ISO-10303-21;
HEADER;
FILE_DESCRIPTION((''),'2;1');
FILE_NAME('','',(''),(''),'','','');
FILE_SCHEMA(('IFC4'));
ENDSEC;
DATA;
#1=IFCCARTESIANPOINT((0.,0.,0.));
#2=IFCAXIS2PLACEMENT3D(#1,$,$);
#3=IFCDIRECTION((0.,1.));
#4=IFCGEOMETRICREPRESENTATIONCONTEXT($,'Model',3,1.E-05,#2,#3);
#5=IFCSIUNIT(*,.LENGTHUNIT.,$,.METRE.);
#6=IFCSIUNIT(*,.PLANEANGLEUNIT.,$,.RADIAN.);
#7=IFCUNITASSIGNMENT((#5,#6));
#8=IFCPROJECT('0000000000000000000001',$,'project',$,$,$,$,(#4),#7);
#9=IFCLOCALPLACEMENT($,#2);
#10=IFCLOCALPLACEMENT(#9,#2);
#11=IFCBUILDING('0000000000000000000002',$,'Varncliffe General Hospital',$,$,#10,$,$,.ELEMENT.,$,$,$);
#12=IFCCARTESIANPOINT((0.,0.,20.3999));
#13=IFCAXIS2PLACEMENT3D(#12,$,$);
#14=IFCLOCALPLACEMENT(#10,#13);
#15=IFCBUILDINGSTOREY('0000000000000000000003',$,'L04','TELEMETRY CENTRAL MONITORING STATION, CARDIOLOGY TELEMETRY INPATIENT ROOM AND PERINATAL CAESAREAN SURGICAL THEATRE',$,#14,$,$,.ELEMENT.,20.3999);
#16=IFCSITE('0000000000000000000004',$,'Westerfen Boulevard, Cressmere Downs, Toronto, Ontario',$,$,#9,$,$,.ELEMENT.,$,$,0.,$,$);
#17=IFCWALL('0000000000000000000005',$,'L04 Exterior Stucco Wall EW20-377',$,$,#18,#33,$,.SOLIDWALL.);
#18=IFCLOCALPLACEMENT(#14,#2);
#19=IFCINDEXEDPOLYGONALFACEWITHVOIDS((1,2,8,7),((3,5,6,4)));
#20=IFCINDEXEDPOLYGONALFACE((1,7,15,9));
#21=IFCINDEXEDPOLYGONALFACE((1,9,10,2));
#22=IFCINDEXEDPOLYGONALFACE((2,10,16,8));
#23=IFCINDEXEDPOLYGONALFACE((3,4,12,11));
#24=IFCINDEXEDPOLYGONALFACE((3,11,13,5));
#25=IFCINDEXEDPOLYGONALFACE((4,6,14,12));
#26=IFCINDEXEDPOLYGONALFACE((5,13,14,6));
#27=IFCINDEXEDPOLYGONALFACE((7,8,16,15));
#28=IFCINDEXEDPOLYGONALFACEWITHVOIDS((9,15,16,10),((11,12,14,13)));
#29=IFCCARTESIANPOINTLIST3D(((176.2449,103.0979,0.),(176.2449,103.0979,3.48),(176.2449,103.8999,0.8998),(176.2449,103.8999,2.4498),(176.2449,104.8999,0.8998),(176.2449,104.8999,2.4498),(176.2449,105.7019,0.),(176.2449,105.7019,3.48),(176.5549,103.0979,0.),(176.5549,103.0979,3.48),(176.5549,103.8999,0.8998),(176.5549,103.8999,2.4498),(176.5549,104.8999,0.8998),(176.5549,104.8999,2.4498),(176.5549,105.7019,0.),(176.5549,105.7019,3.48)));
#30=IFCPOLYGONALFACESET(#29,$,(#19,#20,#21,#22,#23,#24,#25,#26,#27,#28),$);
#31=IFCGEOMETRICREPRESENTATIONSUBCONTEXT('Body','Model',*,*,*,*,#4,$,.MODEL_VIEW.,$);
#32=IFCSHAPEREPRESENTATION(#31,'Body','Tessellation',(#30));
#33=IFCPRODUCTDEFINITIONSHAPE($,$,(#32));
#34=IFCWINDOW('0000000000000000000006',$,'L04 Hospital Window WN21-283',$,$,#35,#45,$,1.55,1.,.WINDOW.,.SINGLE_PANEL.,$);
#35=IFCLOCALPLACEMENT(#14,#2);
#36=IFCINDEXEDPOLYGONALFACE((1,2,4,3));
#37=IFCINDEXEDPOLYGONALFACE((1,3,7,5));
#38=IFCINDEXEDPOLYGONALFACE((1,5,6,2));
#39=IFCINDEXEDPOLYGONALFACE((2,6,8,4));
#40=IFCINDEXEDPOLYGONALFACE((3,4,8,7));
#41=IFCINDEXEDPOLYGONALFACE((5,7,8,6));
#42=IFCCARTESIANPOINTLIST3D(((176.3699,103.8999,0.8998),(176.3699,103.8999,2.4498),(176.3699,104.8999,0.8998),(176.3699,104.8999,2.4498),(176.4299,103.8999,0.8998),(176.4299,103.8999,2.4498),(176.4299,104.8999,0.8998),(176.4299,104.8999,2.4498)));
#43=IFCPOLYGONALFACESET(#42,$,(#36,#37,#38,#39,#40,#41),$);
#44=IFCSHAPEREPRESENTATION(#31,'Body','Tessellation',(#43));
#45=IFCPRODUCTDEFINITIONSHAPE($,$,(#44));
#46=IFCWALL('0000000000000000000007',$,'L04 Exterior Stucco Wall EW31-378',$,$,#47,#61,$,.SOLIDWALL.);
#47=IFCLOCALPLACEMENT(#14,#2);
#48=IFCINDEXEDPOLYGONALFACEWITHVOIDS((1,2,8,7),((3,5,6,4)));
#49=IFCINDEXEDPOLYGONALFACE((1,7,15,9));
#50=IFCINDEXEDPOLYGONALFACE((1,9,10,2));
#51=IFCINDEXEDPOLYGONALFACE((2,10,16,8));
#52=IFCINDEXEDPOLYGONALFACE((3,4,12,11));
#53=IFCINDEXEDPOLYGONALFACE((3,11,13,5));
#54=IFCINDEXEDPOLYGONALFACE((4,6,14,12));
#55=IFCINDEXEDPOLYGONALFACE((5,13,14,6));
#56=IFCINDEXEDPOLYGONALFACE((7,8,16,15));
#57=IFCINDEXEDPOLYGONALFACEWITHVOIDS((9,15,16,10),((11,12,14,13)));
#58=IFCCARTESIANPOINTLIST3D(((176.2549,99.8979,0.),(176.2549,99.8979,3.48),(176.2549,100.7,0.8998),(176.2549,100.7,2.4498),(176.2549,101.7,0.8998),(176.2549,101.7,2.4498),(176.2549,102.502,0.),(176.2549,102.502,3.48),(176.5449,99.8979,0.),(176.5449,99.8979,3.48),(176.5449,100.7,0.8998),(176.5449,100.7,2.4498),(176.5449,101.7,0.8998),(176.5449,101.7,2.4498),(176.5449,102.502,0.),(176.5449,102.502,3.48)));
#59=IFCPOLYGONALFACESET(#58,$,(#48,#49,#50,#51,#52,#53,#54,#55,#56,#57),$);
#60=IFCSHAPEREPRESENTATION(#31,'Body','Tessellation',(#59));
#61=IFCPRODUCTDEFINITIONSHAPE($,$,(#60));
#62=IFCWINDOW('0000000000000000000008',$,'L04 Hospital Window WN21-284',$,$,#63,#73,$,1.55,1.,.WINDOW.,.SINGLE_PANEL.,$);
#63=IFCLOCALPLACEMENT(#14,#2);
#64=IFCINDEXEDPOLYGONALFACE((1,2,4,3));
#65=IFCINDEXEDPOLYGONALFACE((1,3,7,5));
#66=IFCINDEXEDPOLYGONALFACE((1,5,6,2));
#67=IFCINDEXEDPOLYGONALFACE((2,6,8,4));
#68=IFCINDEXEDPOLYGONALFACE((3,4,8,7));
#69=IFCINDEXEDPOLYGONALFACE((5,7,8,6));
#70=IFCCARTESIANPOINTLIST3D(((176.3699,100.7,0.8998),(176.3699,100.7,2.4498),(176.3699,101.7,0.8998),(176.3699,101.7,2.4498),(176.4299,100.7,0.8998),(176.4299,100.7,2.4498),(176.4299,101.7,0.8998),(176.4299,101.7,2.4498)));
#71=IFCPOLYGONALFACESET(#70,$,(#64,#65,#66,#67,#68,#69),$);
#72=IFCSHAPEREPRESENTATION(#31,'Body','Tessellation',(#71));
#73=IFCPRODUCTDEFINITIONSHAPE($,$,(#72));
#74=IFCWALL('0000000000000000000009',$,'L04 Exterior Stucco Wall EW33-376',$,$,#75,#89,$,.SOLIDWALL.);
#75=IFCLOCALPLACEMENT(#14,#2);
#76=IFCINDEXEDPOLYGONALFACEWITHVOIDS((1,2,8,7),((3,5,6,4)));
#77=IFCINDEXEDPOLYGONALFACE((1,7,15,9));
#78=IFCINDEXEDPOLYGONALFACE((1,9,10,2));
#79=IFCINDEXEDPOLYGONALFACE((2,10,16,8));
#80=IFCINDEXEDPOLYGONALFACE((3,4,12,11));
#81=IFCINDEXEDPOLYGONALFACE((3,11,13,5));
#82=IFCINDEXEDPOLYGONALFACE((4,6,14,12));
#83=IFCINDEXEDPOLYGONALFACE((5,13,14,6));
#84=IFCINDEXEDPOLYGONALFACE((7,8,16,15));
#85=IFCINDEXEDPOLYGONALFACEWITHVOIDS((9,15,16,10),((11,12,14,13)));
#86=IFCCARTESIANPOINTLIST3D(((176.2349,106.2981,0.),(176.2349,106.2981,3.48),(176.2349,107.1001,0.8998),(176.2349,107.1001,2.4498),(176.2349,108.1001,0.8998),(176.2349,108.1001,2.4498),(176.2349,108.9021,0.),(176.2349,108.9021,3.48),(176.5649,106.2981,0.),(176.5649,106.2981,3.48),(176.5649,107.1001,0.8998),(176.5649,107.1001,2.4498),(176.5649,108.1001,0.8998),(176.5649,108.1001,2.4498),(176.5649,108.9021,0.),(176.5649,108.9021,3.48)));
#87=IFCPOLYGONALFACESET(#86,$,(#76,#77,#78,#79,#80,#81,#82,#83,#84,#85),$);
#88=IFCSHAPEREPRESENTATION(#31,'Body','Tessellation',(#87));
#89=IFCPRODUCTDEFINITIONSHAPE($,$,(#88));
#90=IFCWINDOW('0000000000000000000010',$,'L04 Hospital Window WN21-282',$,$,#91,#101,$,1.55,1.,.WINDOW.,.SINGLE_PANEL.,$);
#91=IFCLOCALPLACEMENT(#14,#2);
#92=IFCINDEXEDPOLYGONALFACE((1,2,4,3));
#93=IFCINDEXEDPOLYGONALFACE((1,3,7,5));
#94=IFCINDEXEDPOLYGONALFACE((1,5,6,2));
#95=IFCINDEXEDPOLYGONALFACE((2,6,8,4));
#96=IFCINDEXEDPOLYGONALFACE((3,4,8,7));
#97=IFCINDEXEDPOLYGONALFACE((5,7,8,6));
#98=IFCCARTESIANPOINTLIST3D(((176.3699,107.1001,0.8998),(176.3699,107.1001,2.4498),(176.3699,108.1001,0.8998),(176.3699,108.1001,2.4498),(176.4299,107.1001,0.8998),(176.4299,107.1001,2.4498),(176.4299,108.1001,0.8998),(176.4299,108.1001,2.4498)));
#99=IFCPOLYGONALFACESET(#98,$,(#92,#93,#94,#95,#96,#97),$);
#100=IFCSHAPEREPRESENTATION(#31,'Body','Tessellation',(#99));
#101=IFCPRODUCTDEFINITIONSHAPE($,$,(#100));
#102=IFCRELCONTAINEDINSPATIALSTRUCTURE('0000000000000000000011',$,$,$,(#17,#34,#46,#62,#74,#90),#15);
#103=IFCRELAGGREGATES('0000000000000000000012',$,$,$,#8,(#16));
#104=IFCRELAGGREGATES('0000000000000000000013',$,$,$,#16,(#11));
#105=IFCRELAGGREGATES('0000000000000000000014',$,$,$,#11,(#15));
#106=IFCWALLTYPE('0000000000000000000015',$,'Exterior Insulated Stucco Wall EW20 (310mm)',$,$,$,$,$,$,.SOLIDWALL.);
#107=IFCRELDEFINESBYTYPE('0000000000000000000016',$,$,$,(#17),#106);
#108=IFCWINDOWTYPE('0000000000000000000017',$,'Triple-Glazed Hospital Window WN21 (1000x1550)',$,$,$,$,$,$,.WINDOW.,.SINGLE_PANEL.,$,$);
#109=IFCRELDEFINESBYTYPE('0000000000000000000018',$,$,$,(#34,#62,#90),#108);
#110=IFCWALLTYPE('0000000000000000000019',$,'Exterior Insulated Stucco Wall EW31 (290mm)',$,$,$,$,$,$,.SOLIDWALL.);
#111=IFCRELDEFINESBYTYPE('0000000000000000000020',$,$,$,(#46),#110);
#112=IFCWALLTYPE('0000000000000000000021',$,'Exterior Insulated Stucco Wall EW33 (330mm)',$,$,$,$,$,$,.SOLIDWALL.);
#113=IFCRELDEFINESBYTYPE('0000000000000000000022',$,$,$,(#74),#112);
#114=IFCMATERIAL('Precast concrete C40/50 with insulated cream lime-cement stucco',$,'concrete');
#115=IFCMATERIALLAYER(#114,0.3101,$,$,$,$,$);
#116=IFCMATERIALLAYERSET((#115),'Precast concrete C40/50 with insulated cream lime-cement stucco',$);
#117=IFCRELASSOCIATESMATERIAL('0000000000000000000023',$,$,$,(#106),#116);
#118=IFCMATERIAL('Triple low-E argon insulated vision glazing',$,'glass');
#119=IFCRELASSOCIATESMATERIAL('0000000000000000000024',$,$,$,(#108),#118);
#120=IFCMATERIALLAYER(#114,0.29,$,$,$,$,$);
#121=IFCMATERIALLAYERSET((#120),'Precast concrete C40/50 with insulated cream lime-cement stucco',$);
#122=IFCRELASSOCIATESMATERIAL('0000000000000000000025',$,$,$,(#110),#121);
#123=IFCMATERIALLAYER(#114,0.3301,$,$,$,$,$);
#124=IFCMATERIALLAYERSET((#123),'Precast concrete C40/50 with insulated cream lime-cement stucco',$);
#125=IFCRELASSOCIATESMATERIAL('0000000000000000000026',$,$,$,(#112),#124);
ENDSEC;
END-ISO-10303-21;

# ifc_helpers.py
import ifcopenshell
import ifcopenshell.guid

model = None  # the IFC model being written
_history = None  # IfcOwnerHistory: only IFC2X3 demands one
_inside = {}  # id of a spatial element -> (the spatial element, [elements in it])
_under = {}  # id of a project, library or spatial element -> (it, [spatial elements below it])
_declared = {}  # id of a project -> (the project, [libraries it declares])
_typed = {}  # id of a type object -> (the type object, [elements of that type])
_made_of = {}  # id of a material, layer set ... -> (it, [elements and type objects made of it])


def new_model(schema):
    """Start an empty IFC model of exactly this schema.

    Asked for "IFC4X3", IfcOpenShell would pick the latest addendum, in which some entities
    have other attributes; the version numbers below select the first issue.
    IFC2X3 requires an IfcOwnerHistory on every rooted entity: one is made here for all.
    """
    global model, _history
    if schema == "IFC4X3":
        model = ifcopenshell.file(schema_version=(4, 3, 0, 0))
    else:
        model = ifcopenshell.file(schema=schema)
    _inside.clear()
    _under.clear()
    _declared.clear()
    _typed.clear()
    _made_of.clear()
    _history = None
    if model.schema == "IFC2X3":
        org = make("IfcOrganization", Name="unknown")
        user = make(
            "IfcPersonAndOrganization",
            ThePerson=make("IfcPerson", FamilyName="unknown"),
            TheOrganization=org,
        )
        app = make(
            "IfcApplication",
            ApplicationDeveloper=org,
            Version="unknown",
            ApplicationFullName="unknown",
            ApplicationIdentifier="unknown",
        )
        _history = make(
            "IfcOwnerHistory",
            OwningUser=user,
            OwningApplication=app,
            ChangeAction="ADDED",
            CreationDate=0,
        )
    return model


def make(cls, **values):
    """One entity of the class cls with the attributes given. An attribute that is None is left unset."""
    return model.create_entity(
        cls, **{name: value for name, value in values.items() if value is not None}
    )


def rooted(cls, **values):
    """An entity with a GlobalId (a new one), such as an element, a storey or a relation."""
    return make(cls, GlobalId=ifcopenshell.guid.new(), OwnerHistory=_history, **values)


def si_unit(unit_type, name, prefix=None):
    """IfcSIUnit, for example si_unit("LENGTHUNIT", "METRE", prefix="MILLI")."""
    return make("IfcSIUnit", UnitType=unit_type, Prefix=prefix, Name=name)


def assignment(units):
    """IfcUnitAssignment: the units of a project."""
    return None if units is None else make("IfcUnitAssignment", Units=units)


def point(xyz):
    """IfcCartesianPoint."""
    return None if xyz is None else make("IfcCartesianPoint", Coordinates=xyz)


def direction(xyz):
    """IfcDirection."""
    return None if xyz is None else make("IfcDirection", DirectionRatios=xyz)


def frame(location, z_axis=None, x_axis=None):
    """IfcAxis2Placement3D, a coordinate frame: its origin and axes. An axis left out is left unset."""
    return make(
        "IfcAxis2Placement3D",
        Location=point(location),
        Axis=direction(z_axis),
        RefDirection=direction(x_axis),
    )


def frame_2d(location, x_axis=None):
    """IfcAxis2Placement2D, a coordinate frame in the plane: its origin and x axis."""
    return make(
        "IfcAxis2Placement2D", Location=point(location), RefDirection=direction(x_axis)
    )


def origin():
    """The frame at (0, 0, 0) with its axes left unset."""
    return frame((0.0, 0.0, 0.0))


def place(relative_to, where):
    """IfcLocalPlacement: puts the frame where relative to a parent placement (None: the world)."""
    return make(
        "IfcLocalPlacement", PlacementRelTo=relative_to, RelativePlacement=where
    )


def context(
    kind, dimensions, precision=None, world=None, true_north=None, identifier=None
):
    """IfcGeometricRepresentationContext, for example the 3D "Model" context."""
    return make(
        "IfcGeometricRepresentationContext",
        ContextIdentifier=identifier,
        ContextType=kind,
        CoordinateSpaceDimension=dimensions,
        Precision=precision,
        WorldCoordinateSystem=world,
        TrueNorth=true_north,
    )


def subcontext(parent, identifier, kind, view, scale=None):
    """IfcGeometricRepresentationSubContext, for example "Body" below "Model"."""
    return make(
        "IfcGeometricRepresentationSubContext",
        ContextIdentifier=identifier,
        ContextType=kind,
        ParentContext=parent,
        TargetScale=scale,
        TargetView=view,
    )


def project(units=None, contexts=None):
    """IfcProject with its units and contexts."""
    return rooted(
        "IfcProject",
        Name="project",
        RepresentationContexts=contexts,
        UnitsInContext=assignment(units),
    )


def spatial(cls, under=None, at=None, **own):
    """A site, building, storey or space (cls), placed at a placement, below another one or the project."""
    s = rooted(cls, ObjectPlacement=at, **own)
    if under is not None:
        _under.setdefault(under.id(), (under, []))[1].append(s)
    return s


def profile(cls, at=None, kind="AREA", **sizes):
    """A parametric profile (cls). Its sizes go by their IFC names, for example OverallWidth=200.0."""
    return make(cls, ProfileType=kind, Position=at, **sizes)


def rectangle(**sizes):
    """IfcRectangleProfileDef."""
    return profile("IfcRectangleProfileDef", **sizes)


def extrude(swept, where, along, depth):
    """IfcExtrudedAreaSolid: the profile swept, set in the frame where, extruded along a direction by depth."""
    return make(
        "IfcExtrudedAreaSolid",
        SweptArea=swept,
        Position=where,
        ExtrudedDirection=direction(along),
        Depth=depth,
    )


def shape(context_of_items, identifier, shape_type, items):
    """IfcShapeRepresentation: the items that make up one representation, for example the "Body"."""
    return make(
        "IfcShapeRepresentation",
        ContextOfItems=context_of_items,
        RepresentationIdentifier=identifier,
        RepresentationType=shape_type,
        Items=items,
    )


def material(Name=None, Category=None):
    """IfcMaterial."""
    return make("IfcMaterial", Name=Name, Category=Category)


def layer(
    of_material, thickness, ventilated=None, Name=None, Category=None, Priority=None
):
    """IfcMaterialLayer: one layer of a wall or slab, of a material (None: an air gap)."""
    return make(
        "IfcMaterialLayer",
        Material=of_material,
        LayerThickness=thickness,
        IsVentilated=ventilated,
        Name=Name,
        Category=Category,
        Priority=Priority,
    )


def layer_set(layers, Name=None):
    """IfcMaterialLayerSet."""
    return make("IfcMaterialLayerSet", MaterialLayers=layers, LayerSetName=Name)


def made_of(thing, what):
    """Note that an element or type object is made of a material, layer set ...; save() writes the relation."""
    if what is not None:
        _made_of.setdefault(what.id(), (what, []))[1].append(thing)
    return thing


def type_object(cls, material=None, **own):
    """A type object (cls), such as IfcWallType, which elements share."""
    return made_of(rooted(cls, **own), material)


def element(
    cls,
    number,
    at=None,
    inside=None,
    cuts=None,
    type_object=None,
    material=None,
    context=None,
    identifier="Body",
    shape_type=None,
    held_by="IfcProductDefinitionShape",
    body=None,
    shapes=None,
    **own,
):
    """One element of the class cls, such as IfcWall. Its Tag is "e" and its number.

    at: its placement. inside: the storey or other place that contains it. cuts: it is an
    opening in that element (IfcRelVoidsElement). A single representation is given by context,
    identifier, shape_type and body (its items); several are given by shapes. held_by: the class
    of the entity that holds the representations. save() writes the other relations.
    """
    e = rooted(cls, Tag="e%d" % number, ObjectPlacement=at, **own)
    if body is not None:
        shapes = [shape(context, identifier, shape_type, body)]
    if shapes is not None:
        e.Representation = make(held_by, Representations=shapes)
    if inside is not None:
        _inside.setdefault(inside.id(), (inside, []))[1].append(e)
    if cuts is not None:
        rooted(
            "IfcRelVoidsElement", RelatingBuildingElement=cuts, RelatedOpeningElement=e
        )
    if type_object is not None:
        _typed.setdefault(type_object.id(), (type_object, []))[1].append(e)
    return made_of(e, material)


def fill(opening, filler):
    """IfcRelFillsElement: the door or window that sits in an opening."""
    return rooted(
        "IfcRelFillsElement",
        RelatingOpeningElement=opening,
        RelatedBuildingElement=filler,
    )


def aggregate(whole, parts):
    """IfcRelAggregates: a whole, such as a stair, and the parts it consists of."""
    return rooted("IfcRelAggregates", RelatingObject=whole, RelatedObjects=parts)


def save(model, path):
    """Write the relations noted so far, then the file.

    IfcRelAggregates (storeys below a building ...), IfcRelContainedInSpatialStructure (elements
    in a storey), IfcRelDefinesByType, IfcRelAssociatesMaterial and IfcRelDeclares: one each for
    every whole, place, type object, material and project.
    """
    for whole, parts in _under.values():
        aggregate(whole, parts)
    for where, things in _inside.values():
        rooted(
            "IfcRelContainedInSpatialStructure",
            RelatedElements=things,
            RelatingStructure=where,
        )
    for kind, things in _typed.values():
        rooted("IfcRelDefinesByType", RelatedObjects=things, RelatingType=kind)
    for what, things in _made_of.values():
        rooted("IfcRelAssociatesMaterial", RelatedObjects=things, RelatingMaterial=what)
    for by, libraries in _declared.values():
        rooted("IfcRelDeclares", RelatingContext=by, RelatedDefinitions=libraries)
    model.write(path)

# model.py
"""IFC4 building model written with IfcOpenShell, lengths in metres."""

from ifc_helpers import new_model, si_unit, direction, frame, frame_2d, origin, place, context, subcontext, project, spatial, rectangle, extrude, material, layer, layer_set, type_object, element, fill, save


model = new_model("IFC4")

# Units and contexts
model_context = context("Model", 3, precision=1e-05, world=origin(), true_north=direction((0.0, 1.0)))
body_context = subcontext(model_context, "Body", "Model", "MODEL_VIEW")
ifc_project = project(units=[si_unit("LENGTHUNIT", "METRE"), si_unit("PLANEANGLEUNIT", "RADIAN")], contexts=[model_context])

# Site, building, storey
site_placement = place(None, origin())
site = spatial("IfcSite", under=ifc_project, at=site_placement, Name="Westerfen Boulevard, Cressmere Downs, Toronto, Ontario", CompositionType="ELEMENT", RefElevation=0.0)
building_placement = place(site_placement, origin())
building = spatial("IfcBuilding", under=site, at=building_placement, Name="Varncliffe General Hospital", CompositionType="ELEMENT")
storey_placement = place(building_placement, frame((0.0, 0.0, 20.3999)))
storey = spatial("IfcBuildingStorey", under=building, at=storey_placement, Name="L04", Description="TELEMETRY CENTRAL MONITORING STATION, CARDIOLOGY TELEMETRY INPATIENT ROOM AND PERINATAL CAESAREAN SURGICAL THEATRE", CompositionType="ELEMENT", Elevation=20.3999)

# Walls, openings, windows
ifc_material_1 = material(Name="Precast concrete C40/50 with insulated cream lime-cement stucco", Category="concrete")
ifc_layer_1 = layer(ifc_material_1, 0.3101)
ifc_layer_set_1 = layer_set([ifc_layer_1], Name="Precast concrete C40/50 with insulated cream lime-cement stucco")
wall_type_1 = type_object("IfcWallType", Name="Exterior Insulated Stucco Wall EW20 (310mm)", PredefinedType="SOLIDWALL", material=ifc_layer_set_1)
wall_1_placement = place(storey_placement, frame((176.3999, 105.7019, 0.0), z_axis=(0.0, 0.0, 1.0), x_axis=(0.0, -1.0, 0.0)))
wall_1 = element("IfcWall", 1, at=wall_1_placement, inside=storey, type_object=wall_type_1, Name="L04 Exterior Stucco Wall EW20-377", PredefinedType="SOLIDWALL", context=body_context, shape_type="SweptSolid", body=[
    extrude(rectangle(XDim=2.604, YDim=0.3101, at=frame_2d((1.302, 0.0))), origin(), (0.0, 0.0, 1.0), 3.48),
])
opening_1_placement = place(wall_1_placement, frame((0.802, 0.0, 0.8999)))
opening_1 = element("IfcOpeningElement", 2, at=opening_1_placement, cuts=wall_1, PredefinedType="OPENING", context=body_context, shape_type="SweptSolid", body=[
    extrude(rectangle(XDim=1.0, YDim=1.55, at=frame_2d((0.5, 0.7749))), frame((0.0, 0.165, 0.0), z_axis=(0.0, -1.0, 0.0), x_axis=(1.0, 0.0, 0.0)), (0.0, 0.0, 1.0), 0.3301),
])
ifc_material_2 = material(Name="Triple low-E argon insulated vision glazing", Category="glass")
window_type = type_object("IfcWindowType", Name="Triple-Glazed Hospital Window WN21 (1000x1550)", PartitioningType="SINGLE_PANEL", PredefinedType="WINDOW", material=ifc_material_2)
window_1_placement = place(opening_1_placement, origin())
window_1 = element("IfcWindow", 3, at=window_1_placement, inside=storey, type_object=window_type, Name="L04 Hospital Window WN21-283", OverallHeight=1.55, OverallWidth=1.0, PartitioningType="SINGLE_PANEL", PredefinedType="WINDOW", context=body_context, shape_type="SweptSolid", body=[
    extrude(rectangle(XDim=1.0, YDim=1.55, at=frame_2d((0.5, 0.7749))), frame((0.0, 0.03, 0.0), z_axis=(0.0, -1.0, 0.0), x_axis=(1.0, 0.0, 0.0)), (0.0, 0.0, 1.0), 0.0601),
])
fill(opening_1, window_1)
ifc_layer_2 = layer(ifc_material_1, 0.29)
ifc_layer_set_2 = layer_set([ifc_layer_2], Name="Precast concrete C40/50 with insulated cream lime-cement stucco")
wall_type_2 = type_object("IfcWallType", Name="Exterior Insulated Stucco Wall EW31 (290mm)", PredefinedType="SOLIDWALL", material=ifc_layer_set_2)
wall_2_placement = place(storey_placement, frame((176.3999, 102.502, 0.0), z_axis=(0.0, 0.0, 1.0), x_axis=(0.0, -1.0, 0.0)))
wall_2 = element("IfcWall", 4, at=wall_2_placement, inside=storey, type_object=wall_type_2, Name="L04 Exterior Stucco Wall EW31-378", PredefinedType="SOLIDWALL", context=body_context, shape_type="SweptSolid", body=[
    extrude(rectangle(XDim=2.604, YDim=0.29, at=frame_2d((1.302, 0.0))), origin(), (0.0, 0.0, 1.0), 3.48),
])
opening_2_placement = place(wall_2_placement, frame((0.802, 0.0, 0.8999)))
opening_2 = element("IfcOpeningElement", 5, at=opening_2_placement, cuts=wall_2, PredefinedType="OPENING", context=body_context, shape_type="SweptSolid", body=[
    extrude(rectangle(XDim=1.0, YDim=1.55, at=frame_2d((0.5, 0.7749))), frame((0.0, 0.155, 0.0), z_axis=(0.0, -1.0, 0.0), x_axis=(1.0, 0.0, 0.0)), (0.0, 0.0, 1.0), 0.3101),
])
window_2_placement = place(opening_2_placement, origin())
window_2 = element("IfcWindow", 6, at=window_2_placement, inside=storey, type_object=window_type, Name="L04 Hospital Window WN21-284", OverallHeight=1.55, OverallWidth=1.0, PartitioningType="SINGLE_PANEL", PredefinedType="WINDOW", context=body_context, shape_type="SweptSolid", body=[
    extrude(rectangle(XDim=1.0, YDim=1.55, at=frame_2d((0.5, 0.7749))), frame((0.0, 0.03, 0.0), z_axis=(0.0, -1.0, 0.0), x_axis=(1.0, 0.0, 0.0)), (0.0, 0.0, 1.0), 0.0601),
])
fill(opening_2, window_2)
ifc_layer_3 = layer(ifc_material_1, 0.3301)
ifc_layer_set_3 = layer_set([ifc_layer_3], Name="Precast concrete C40/50 with insulated cream lime-cement stucco")
wall_type_3 = type_object("IfcWallType", Name="Exterior Insulated Stucco Wall EW33 (330mm)", PredefinedType="SOLIDWALL", material=ifc_layer_set_3)
wall_3_placement = place(storey_placement, frame((176.3999, 108.9021, 0.0), z_axis=(0.0, 0.0, 1.0), x_axis=(0.0, -1.0, 0.0)))
wall_3 = element("IfcWall", 7, at=wall_3_placement, inside=storey, type_object=wall_type_3, Name="L04 Exterior Stucco Wall EW33-376", PredefinedType="SOLIDWALL", context=body_context, shape_type="SweptSolid", body=[
    extrude(rectangle(XDim=2.604, YDim=0.3301, at=frame_2d((1.302, 0.0))), origin(), (0.0, 0.0, 1.0), 3.48),
])
opening_3_placement = place(wall_3_placement, frame((0.802, 0.0, 0.8999)))
opening_3 = element("IfcOpeningElement", 8, at=opening_3_placement, cuts=wall_3, PredefinedType="OPENING", context=body_context, shape_type="SweptSolid", body=[
    extrude(rectangle(XDim=1.0, YDim=1.55, at=frame_2d((0.5, 0.7749))), frame((0.0, 0.175, 0.0), z_axis=(0.0, -1.0, 0.0), x_axis=(1.0, 0.0, 0.0)), (0.0, 0.0, 1.0), 0.3501),
])
window_3_placement = place(opening_3_placement, origin())
window_3 = element("IfcWindow", 9, at=window_3_placement, inside=storey, type_object=window_type, Name="L04 Hospital Window WN21-282", OverallHeight=1.55, OverallWidth=1.0, PartitioningType="SINGLE_PANEL", PredefinedType="WINDOW", context=body_context, shape_type="SweptSolid", body=[
    extrude(rectangle(XDim=1.0, YDim=1.55, at=frame_2d((0.5, 0.7749))), frame((0.0, 0.03, 0.0), z_axis=(0.0, -1.0, 0.0), x_axis=(1.0, 0.0, 0.0)), (0.0, 0.0, 1.0), 0.0601),
])
fill(opening_3, window_3)

save(model, "model.ifc")
